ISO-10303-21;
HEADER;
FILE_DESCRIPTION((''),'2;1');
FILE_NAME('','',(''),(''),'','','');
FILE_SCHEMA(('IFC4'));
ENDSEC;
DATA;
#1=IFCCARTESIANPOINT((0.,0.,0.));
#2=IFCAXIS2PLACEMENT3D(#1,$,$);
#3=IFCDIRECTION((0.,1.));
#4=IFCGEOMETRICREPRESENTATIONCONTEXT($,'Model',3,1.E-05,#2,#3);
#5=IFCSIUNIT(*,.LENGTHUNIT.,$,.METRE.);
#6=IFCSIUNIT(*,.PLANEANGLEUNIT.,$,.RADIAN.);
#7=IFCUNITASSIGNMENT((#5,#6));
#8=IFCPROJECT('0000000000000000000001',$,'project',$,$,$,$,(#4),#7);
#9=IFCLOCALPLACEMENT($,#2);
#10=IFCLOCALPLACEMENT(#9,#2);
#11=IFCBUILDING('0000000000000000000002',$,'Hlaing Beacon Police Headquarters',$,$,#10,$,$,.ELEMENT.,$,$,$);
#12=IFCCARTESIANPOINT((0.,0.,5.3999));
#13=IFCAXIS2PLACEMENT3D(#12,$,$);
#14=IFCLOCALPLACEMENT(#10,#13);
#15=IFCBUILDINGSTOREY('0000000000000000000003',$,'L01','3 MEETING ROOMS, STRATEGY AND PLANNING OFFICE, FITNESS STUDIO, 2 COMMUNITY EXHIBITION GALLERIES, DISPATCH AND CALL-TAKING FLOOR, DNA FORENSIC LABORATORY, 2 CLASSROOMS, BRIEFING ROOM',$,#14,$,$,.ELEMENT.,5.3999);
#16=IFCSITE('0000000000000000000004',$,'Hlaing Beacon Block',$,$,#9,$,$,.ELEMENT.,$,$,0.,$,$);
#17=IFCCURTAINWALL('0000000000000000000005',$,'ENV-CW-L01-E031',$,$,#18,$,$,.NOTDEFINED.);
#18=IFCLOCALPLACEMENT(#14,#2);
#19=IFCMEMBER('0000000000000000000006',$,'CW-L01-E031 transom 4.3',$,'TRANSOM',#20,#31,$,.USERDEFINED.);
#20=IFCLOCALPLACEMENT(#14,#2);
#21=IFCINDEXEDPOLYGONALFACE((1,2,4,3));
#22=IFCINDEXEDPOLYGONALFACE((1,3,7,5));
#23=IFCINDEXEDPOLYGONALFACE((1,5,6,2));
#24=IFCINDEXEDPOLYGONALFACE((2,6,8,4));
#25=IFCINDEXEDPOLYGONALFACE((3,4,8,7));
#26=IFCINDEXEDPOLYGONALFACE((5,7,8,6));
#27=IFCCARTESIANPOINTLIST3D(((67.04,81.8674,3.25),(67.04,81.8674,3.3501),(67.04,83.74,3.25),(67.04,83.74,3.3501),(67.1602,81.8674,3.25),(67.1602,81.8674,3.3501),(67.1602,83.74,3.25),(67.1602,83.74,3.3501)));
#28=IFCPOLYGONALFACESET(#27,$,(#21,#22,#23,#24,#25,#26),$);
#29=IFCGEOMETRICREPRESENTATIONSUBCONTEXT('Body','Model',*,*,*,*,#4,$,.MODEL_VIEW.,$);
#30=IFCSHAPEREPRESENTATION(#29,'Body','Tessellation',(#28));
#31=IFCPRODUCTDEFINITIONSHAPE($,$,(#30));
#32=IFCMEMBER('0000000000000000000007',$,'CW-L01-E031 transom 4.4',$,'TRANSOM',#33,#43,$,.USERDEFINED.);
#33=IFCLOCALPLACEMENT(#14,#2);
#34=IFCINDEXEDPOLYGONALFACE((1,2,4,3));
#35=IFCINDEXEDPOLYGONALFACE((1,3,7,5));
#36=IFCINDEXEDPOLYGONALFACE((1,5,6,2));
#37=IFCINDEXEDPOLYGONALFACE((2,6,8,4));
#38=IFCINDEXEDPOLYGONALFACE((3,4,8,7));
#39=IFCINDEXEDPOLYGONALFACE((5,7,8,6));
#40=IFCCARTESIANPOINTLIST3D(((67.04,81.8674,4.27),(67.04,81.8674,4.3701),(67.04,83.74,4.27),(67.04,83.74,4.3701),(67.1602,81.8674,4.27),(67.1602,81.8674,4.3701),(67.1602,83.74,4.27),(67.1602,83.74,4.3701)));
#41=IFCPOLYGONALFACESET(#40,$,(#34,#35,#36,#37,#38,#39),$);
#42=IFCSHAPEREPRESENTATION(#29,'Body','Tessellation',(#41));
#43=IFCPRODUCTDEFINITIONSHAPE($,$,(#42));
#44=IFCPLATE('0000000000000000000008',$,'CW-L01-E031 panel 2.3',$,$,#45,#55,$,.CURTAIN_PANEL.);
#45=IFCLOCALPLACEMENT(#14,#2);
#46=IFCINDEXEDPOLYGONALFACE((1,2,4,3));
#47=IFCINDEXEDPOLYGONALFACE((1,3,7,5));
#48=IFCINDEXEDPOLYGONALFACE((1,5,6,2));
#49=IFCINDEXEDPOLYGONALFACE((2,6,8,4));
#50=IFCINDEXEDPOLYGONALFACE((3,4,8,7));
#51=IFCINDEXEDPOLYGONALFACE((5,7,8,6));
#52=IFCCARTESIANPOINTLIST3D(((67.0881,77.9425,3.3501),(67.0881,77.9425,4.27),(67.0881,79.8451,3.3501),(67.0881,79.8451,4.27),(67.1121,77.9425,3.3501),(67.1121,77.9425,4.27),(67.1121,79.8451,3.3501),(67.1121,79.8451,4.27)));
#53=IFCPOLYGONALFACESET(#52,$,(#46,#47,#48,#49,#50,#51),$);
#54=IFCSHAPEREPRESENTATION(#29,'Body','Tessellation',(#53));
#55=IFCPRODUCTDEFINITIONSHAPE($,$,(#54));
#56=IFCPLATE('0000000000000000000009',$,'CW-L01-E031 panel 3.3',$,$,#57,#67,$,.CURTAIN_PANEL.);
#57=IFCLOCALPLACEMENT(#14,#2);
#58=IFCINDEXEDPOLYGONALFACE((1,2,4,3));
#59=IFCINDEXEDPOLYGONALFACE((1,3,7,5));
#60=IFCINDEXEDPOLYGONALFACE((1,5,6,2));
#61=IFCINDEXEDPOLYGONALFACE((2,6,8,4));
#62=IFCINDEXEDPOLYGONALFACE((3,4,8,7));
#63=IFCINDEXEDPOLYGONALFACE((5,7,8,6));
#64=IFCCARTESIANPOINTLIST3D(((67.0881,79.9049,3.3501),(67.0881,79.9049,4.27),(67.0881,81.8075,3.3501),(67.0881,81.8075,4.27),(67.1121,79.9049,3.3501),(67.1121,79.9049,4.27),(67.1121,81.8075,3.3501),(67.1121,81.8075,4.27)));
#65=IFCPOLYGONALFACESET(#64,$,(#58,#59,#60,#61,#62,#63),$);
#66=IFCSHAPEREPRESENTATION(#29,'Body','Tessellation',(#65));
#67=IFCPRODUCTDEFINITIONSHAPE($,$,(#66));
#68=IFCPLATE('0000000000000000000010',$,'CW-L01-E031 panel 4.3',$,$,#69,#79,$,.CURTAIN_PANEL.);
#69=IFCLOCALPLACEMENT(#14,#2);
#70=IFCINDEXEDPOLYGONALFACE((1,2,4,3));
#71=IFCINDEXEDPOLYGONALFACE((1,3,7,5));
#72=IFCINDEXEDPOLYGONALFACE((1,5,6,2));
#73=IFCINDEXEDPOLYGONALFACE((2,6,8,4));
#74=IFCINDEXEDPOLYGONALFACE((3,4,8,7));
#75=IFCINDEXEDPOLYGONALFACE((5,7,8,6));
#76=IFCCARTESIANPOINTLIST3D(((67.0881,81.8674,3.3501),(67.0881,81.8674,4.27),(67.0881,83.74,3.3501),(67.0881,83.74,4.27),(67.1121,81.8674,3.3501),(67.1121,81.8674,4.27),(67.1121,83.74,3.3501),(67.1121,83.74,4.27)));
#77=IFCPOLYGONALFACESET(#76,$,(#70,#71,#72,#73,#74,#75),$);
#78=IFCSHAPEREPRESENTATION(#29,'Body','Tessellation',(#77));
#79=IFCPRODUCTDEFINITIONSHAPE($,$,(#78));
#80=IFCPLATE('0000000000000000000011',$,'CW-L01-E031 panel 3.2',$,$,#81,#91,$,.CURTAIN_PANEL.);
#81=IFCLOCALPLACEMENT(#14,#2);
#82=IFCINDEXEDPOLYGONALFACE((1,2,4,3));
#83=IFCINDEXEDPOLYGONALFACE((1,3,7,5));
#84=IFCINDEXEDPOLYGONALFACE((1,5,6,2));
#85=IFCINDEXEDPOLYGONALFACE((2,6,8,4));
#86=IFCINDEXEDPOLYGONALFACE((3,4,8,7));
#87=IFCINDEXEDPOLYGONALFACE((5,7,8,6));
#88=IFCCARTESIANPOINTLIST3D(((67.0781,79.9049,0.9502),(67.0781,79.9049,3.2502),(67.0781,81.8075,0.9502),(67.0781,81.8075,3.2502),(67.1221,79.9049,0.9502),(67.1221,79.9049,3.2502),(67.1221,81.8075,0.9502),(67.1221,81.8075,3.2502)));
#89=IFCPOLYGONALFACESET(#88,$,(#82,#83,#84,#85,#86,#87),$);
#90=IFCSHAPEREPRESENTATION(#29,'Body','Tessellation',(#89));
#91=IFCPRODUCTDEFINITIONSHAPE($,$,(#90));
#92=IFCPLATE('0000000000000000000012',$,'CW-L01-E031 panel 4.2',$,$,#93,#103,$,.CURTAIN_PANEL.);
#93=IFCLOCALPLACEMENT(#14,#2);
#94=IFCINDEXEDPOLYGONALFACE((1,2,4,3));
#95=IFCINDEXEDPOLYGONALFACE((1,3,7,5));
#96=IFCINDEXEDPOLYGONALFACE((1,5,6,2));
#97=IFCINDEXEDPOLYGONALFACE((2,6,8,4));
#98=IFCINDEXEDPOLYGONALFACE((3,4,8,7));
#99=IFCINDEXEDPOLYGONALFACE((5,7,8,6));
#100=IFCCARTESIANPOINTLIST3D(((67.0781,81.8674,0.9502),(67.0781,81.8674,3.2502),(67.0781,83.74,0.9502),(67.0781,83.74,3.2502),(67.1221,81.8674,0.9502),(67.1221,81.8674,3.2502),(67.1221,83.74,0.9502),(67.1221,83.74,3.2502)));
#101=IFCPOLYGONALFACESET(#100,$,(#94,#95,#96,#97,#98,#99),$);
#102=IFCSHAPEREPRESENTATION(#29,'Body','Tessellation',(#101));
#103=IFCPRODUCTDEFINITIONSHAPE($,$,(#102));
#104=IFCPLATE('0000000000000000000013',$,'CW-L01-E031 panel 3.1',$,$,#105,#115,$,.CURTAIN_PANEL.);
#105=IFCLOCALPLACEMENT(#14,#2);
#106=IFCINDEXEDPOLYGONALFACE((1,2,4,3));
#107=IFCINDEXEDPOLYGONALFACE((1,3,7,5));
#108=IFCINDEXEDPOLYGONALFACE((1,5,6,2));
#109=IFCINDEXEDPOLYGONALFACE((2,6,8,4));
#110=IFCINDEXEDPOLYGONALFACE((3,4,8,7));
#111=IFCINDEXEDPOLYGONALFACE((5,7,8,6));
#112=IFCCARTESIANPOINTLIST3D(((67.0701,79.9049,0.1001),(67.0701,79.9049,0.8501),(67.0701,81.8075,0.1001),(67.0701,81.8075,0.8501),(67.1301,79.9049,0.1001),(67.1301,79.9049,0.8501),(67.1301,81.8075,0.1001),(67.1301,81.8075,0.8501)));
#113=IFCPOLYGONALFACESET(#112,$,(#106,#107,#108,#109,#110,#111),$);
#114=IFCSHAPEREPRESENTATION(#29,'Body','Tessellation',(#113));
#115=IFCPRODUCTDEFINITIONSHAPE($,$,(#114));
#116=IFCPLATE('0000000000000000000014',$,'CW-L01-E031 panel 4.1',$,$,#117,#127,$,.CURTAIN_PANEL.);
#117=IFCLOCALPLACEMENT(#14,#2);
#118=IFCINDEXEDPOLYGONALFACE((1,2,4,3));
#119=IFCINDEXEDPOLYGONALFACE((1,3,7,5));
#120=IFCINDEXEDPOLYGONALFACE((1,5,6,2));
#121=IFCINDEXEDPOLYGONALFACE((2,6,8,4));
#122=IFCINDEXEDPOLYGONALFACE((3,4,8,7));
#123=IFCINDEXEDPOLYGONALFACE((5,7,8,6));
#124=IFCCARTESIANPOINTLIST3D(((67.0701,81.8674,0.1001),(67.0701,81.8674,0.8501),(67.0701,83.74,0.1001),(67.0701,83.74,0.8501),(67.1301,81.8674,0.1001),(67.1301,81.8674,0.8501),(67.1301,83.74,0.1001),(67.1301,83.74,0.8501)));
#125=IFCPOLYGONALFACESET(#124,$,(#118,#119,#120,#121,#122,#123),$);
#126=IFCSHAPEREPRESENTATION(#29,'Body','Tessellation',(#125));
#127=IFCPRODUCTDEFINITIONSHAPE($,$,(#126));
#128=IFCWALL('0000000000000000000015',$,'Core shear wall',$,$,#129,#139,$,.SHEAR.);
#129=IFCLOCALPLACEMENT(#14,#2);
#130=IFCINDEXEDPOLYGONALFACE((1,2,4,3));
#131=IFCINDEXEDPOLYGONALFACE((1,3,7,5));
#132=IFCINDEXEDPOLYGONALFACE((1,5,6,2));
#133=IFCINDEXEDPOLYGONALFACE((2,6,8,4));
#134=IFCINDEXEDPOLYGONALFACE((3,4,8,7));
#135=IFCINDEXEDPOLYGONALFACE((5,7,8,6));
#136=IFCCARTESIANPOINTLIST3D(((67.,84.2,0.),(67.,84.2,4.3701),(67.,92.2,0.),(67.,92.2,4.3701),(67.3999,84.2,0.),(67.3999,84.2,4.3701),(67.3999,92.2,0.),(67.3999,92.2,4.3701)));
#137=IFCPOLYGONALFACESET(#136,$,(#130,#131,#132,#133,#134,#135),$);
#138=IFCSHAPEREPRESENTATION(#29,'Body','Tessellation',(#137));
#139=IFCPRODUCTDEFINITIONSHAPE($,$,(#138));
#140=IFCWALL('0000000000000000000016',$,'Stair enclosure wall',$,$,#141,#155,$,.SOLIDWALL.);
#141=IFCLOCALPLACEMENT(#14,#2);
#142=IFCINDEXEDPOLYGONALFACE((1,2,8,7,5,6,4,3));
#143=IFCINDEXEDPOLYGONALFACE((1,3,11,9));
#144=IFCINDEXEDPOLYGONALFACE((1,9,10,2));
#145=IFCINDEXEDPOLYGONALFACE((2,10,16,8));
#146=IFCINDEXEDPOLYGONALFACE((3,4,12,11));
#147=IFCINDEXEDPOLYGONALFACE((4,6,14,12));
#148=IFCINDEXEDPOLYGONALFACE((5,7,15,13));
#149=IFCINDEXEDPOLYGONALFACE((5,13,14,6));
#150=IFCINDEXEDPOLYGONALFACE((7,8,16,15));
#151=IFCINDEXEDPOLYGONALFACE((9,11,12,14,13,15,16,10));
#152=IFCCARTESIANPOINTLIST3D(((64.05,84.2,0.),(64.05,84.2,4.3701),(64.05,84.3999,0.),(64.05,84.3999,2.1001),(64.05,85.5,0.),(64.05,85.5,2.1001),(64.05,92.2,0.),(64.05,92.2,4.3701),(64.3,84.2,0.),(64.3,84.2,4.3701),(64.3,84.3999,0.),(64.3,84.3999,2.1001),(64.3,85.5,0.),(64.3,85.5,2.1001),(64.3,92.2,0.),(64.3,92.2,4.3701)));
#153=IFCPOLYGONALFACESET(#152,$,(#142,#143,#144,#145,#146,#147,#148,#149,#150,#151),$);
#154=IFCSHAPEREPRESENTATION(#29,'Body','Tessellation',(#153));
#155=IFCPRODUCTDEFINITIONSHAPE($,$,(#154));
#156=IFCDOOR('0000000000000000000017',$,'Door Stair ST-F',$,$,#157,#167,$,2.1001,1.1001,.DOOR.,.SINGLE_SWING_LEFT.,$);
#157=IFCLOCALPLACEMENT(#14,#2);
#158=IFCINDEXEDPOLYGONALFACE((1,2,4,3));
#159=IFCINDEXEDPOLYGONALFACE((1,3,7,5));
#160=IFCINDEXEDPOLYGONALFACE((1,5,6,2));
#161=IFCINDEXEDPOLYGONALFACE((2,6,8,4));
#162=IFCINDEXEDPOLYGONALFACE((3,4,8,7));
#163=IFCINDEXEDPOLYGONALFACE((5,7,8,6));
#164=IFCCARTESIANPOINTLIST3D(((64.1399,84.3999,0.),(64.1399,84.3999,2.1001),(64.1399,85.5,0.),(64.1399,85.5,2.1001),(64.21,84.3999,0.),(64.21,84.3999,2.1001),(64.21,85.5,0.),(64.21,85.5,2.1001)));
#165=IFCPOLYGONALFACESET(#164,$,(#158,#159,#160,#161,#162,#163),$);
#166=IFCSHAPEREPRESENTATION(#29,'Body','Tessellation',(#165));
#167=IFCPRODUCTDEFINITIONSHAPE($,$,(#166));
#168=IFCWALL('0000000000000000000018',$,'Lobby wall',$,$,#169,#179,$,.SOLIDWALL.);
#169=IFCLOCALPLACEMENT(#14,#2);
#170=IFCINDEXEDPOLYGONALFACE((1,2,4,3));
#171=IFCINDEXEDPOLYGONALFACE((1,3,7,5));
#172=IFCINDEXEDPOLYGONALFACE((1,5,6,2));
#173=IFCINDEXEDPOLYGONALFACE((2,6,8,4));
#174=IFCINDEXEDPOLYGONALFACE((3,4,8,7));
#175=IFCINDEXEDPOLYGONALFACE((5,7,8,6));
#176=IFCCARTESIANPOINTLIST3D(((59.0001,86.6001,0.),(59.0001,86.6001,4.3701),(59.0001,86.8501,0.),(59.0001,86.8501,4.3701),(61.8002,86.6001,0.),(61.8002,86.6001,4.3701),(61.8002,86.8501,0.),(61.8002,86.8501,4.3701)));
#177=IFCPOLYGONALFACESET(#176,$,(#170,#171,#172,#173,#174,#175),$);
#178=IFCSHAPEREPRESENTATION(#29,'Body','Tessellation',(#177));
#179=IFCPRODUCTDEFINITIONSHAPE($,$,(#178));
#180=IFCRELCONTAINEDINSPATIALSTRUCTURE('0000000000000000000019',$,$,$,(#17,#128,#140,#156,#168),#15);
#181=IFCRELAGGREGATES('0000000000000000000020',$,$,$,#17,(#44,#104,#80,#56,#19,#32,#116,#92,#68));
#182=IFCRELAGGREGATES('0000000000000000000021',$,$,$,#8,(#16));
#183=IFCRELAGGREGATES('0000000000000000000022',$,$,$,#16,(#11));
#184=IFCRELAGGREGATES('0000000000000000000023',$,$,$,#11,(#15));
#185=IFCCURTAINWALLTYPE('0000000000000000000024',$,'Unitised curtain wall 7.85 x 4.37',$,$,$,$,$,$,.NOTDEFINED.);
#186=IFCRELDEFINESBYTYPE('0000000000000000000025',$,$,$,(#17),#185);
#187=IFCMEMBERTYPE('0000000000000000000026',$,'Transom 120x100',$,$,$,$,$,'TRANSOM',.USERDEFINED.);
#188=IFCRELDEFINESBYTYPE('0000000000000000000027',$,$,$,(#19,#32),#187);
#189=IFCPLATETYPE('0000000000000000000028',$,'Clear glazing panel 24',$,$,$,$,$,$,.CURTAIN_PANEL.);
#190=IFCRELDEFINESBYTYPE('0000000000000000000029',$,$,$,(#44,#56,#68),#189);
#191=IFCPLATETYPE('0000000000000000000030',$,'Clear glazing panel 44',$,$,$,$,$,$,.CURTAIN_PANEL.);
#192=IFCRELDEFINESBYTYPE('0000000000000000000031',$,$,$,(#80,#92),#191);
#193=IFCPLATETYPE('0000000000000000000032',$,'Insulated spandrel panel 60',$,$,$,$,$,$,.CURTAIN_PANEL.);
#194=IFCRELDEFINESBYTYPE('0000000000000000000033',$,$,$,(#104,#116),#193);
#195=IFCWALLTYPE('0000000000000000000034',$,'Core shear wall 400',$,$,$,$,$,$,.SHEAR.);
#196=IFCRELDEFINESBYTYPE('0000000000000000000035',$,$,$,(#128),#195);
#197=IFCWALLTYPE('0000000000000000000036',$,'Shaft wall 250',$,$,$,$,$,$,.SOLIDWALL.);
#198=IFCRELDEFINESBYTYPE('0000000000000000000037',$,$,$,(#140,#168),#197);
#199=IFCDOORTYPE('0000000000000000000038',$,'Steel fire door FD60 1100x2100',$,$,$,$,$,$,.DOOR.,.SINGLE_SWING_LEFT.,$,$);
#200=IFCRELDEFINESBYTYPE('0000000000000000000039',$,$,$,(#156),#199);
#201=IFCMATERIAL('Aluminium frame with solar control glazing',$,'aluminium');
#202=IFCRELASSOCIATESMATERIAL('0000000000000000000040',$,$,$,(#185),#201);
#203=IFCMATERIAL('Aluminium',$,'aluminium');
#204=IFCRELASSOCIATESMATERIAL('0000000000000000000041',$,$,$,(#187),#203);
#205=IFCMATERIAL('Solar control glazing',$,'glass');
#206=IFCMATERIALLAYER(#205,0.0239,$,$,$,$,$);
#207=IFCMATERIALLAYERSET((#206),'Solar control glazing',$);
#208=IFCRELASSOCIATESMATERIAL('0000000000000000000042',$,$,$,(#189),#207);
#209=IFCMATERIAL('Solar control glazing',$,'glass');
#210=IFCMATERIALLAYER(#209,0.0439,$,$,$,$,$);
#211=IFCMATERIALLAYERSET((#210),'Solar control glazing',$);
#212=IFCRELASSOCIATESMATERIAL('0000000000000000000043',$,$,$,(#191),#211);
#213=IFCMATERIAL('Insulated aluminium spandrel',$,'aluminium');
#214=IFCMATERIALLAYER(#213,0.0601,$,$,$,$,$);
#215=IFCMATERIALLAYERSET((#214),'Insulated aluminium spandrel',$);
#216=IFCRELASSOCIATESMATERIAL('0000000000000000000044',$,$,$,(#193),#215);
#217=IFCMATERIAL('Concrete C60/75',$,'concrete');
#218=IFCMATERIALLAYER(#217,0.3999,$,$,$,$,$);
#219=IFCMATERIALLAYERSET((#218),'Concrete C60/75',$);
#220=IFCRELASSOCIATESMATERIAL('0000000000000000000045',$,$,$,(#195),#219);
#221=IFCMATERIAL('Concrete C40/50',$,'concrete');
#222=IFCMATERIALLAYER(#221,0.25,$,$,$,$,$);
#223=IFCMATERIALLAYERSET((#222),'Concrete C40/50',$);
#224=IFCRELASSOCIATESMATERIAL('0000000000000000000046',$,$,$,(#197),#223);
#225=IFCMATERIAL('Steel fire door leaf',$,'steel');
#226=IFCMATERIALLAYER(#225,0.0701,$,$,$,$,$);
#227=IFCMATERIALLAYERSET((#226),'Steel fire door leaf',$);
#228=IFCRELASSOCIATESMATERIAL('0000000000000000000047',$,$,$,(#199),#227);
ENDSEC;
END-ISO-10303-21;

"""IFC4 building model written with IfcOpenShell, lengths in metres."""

from ifc_helpers import new_model, si_unit, direction, frame, frame_2d, origin, origin_2d, place, context, subcontext, project, spatial, rectangle, extrude, material, layer, layer_set, material_profile, profile_set, type_object, element, fill, aggregate, save


model = new_model("IFC4")

# Units and contexts
model_context = context("Model", 3, precision=1e-05, world=origin(), true_north=direction((0.0, 1.0)))
body_context = subcontext(model_context, "Body", "Model", "MODEL_VIEW")
ifc_project = project(units=[si_unit("LENGTHUNIT", "METRE"), si_unit("PLANEANGLEUNIT", "RADIAN")], contexts=[model_context])

# Site, building, storey
site_placement = place(None, origin())
site = spatial("IfcSite", under=ifc_project, at=site_placement, Name="Hlaing Beacon Block", CompositionType="ELEMENT", RefElevation=0.0)
building_placement = place(site_placement, origin())
building = spatial("IfcBuilding", under=site, at=building_placement, Name="Hlaing Beacon Police Headquarters", CompositionType="ELEMENT")
storey_placement = place(building_placement, frame((0.0, 0.0, 5.3999)))
storey = spatial("IfcBuildingStorey", under=building, at=storey_placement, Name="L01", Description="3 MEETING ROOMS, STRATEGY AND PLANNING OFFICE, FITNESS STUDIO, 2 COMMUNITY EXHIBITION GALLERIES, DISPATCH AND CALL-TAKING FLOOR, DNA FORENSIC LABORATORY, 2 CLASSROOMS, BRIEFING ROOM", CompositionType="ELEMENT", Elevation=5.3999)

# Curtain wall
ifc_material_1 = material(Name="Aluminium frame with solar control glazing", Category="aluminium")
curtain_wall_type = type_object("IfcCurtainWallType", Name="Unitised curtain wall 7.85 x 4.37", PredefinedType="NOTDEFINED", material=ifc_material_1)
curtain_wall_placement = place(storey_placement, origin())
curtain_wall = element("IfcCurtainWall", 1, at=curtain_wall_placement, inside=storey, type_object=curtain_wall_type, Name="ENV-CW-L01-E031", PredefinedType="NOTDEFINED")

# Members
ifc_material_2 = material(Name="Aluminium", Category="aluminium")
ifc_material_profile_1 = material_profile(ifc_material_2, rectangle(XDim=0.1201, YDim=0.1001, at=origin_2d()), Name="Transom 120x100")
ifc_profile_set_1 = profile_set([ifc_material_profile_1], Name="Aluminium")
member_type_1 = type_object("IfcMemberType", Name="Transom 120x100", ElementType="TRANSOM", PredefinedType="USERDEFINED", material=ifc_profile_set_1)
member_1_placement = place(storey_placement, frame((67.1001, 81.8674, 3.3), z_axis=(0.0, 1.0, 0.0), x_axis=(-1.0, 0.0, 0.0)))
member_1 = element("IfcMember", 2, at=member_1_placement, type_object=member_type_1, Name="CW-L01-E031 transom 4.3", ObjectType="TRANSOM", PredefinedType="USERDEFINED", context=body_context, shape_type="SweptSolid", body=[
    extrude(rectangle(XDim=0.1201, YDim=0.1001, at=origin_2d()), origin(), (0.0, 0.0, 1.0), 1.8726),
])
member_2_placement = place(storey_placement, frame((67.1001, 81.8674, 4.3201), z_axis=(0.0, 1.0, 0.0), x_axis=(-1.0, 0.0, 0.0)))
member_2 = element("IfcMember", 3, at=member_2_placement, type_object=member_type_1, Name="CW-L01-E031 transom 4.4", ObjectType="TRANSOM", PredefinedType="USERDEFINED", context=body_context, shape_type="SweptSolid", body=[
    extrude(rectangle(XDim=0.1201, YDim=0.1001, at=origin_2d()), origin(), (0.0, 0.0, 1.0), 1.8726),
])

# Plates
ifc_material_3 = material(Name="Solar control glazing", Category="glass")
ifc_layer_1 = layer(ifc_material_3, 0.0239)
ifc_layer_set_1 = layer_set([ifc_layer_1], Name="Solar control glazing")
plate_type_1 = type_object("IfcPlateType", Name="Clear glazing panel 24", PredefinedType="CURTAIN_PANEL", material=ifc_layer_set_1)
plate_1_placement = place(storey_placement, frame((67.1001, 78.8938, 3.3501), z_axis=(0.0, 0.0, 1.0), x_axis=(0.0, 1.0, 0.0)))
plate_1 = element("IfcPlate", 4, at=plate_1_placement, type_object=plate_type_1, Name="CW-L01-E031 panel 2.3", PredefinedType="CURTAIN_PANEL", context=body_context, shape_type="SweptSolid", body=[
    extrude(rectangle(XDim=1.9026, YDim=0.0239, at=origin_2d()), origin(), (0.0, 0.0, 1.0), 0.9199),
])
plate_2_placement = place(storey_placement, frame((67.1001, 80.8562, 3.3501), z_axis=(0.0, 0.0, 1.0), x_axis=(0.0, 1.0, 0.0)))
plate_2 = element("IfcPlate", 5, at=plate_2_placement, type_object=plate_type_1, Name="CW-L01-E031 panel 3.3", PredefinedType="CURTAIN_PANEL", context=body_context, shape_type="SweptSolid", body=[
    extrude(rectangle(XDim=1.9026, YDim=0.0239, at=origin_2d()), origin(), (0.0, 0.0, 1.0), 0.9199),
])
plate_3_placement = place(storey_placement, frame((67.1001, 82.8037, 3.3501), z_axis=(0.0, 0.0, 1.0), x_axis=(0.0, 1.0, 0.0)))
plate_3 = element("IfcPlate", 6, at=plate_3_placement, type_object=plate_type_1, Name="CW-L01-E031 panel 4.3", PredefinedType="CURTAIN_PANEL", context=body_context, shape_type="SweptSolid", body=[
    extrude(rectangle(XDim=1.8726, YDim=0.0239, at=origin_2d()), origin(), (0.0, 0.0, 1.0), 0.9199),
])
ifc_material_4 = material(Name="Solar control glazing", Category="glass")
ifc_layer_2 = layer(ifc_material_4, 0.0439)
ifc_layer_set_2 = layer_set([ifc_layer_2], Name="Solar control glazing")
plate_type_2 = type_object("IfcPlateType", Name="Clear glazing panel 44", PredefinedType="CURTAIN_PANEL", material=ifc_layer_set_2)
plate_4_placement = place(storey_placement, frame((67.1001, 80.8562, 0.9502), z_axis=(0.0, 0.0, 1.0), x_axis=(0.0, 1.0, 0.0)))
plate_4 = element("IfcPlate", 7, at=plate_4_placement, type_object=plate_type_2, Name="CW-L01-E031 panel 3.2", PredefinedType="CURTAIN_PANEL", context=body_context, shape_type="SweptSolid", body=[
    extrude(rectangle(XDim=1.9026, YDim=0.0439, at=origin_2d()), origin(), (0.0, 0.0, 1.0), 2.3),
])
plate_5_placement = place(storey_placement, frame((67.1001, 82.8037, 0.9502), z_axis=(0.0, 0.0, 1.0), x_axis=(0.0, 1.0, 0.0)))
plate_5 = element("IfcPlate", 8, at=plate_5_placement, type_object=plate_type_2, Name="CW-L01-E031 panel 4.2", PredefinedType="CURTAIN_PANEL", context=body_context, shape_type="SweptSolid", body=[
    extrude(rectangle(XDim=1.8726, YDim=0.0439, at=origin_2d()), origin(), (0.0, 0.0, 1.0), 2.3),
])
ifc_material_5 = material(Name="Insulated aluminium spandrel", Category="aluminium")
ifc_layer_3 = layer(ifc_material_5, 0.0601)
ifc_layer_set_3 = layer_set([ifc_layer_3], Name="Insulated aluminium spandrel")
plate_type_3 = type_object("IfcPlateType", Name="Insulated spandrel panel 60", PredefinedType="CURTAIN_PANEL", material=ifc_layer_set_3)
plate_6_placement = place(storey_placement, frame((67.1001, 80.8562, 0.1001), z_axis=(0.0, 0.0, 1.0), x_axis=(0.0, 1.0, 0.0)))
plate_6 = element("IfcPlate", 9, at=plate_6_placement, type_object=plate_type_3, Name="CW-L01-E031 panel 3.1", PredefinedType="CURTAIN_PANEL", context=body_context, shape_type="SweptSolid", body=[
    extrude(rectangle(XDim=1.9026, YDim=0.0601, at=origin_2d()), origin(), (0.0, 0.0, 1.0), 0.75),
])
plate_7_placement = place(storey_placement, frame((67.1001, 82.8037, 0.1001), z_axis=(0.0, 0.0, 1.0), x_axis=(0.0, 1.0, 0.0)))
plate_7 = element("IfcPlate", 10, at=plate_7_placement, type_object=plate_type_3, Name="CW-L01-E031 panel 4.1", PredefinedType="CURTAIN_PANEL", context=body_context, shape_type="SweptSolid", body=[
    extrude(rectangle(XDim=1.8726, YDim=0.0601, at=origin_2d()), origin(), (0.0, 0.0, 1.0), 0.75),
])
aggregate(curtain_wall, [plate_1, plate_6, plate_4, plate_2, member_1, member_2, plate_7, plate_5, plate_3])

# Wall
ifc_material_6 = material(Name="Concrete C60/75", Category="concrete")
ifc_layer_4 = layer(ifc_material_6, 0.3999)
ifc_layer_set_4 = layer_set([ifc_layer_4], Name="Concrete C60/75")
wall_type_1 = type_object("IfcWallType", Name="Core shear wall 400", PredefinedType="SHEAR", material=ifc_layer_set_4)
wall_1_placement = place(storey_placement, frame((67.2, 84.2, 0.0), z_axis=(0.0, 0.0, 1.0), x_axis=(0.0, 1.0, 0.0)))
element("IfcWall", 11, at=wall_1_placement, inside=storey, type_object=wall_type_1, Name="Core shear wall", PredefinedType="SHEAR", context=body_context, shape_type="SweptSolid", body=[
    extrude(rectangle(XDim=8.0, YDim=0.3999, at=frame_2d((4.0, 0.0))), origin(), (0.0, 0.0, 1.0), 4.3701),
])

# Wall, opening, door
ifc_material_7 = material(Name="Concrete C40/50", Category="concrete")
ifc_layer_5 = layer(ifc_material_7, 0.25)
ifc_layer_set_5 = layer_set([ifc_layer_5], Name="Concrete C40/50")
wall_type_2 = type_object("IfcWallType", Name="Shaft wall 250", PredefinedType="SOLIDWALL", material=ifc_layer_set_5)
wall_2_placement = place(storey_placement, frame((64.175, 84.2, 0.0), z_axis=(0.0, 0.0, 1.0), x_axis=(0.0, 1.0, 0.0)))
wall_2 = element("IfcWall", 12, at=wall_2_placement, inside=storey, type_object=wall_type_2, Name="Stair enclosure wall", PredefinedType="SOLIDWALL", context=body_context, shape_type="SweptSolid", body=[
    extrude(rectangle(XDim=8.0, YDim=0.25, at=frame_2d((4.0, 0.0))), origin(), (0.0, 0.0, 1.0), 4.3701),
])
opening_1_placement = place(wall_2_placement, frame((0.2, 0.0, 0.0)))
opening_1 = element("IfcOpeningElement", 13, at=opening_1_placement, cuts=wall_2, PredefinedType="OPENING", context=body_context, shape_type="SweptSolid", body=[
    extrude(rectangle(XDim=1.1001, YDim=2.1001, at=frame_2d((0.55, 1.05))), frame((0.0, 0.135, 0.0), z_axis=(0.0, -1.0, 0.0), x_axis=(1.0, 0.0, 0.0)), (0.0, 0.0, 1.0), 0.27),
])
ifc_material_8 = material(Name="Steel fire door leaf", Category="steel")
ifc_layer_6 = layer(ifc_material_8, 0.0701)
ifc_layer_set_6 = layer_set([ifc_layer_6], Name="Steel fire door leaf")
door_type_1 = type_object("IfcDoorType", Name="Steel fire door FD60 1100x2100", OperationType="SINGLE_SWING_LEFT", PredefinedType="DOOR", material=ifc_layer_set_6)
door_1_placement = place(opening_1_placement, frame((1.1001, 0.0, 0.0), z_axis=(0.0, 0.0, 1.0), x_axis=(-1.0, 0.0, 0.0)))
door_1 = element("IfcDoor", 14, at=door_1_placement, inside=storey, type_object=door_type_1, Name="Door Stair ST-F", OperationType="SINGLE_SWING_LEFT", OverallHeight=2.1001, OverallWidth=1.1001, PredefinedType="DOOR", context=body_context, shape_type="SweptSolid", body=[
    extrude(rectangle(XDim=1.1001, YDim=2.1001, at=frame_2d((0.55, 1.05))), frame((0.0, 0.0349, 0.0), z_axis=(0.0, -1.0, 0.0), x_axis=(1.0, 0.0, 0.0)), (0.0, 0.0, 1.0), 0.0701),
])
fill(opening_1, door_1)

# Wall
wall_3_placement = place(storey_placement, frame((61.8, 86.7251, 0.0), z_axis=(0.0, 0.0, 1.0), x_axis=(-1.0, 0.0, 0.0)))
element("IfcWall", 15, at=wall_3_placement, inside=storey, type_object=wall_type_2, Name="Lobby wall", PredefinedType="SOLIDWALL", context=body_context, shape_type="SweptSolid", body=[
    extrude(rectangle(XDim=2.8, YDim=0.25, at=frame_2d((1.3999, 0.0))), origin(), (0.0, 0.0, 1.0), 4.3701),
])

save(model, "model.ifc")
